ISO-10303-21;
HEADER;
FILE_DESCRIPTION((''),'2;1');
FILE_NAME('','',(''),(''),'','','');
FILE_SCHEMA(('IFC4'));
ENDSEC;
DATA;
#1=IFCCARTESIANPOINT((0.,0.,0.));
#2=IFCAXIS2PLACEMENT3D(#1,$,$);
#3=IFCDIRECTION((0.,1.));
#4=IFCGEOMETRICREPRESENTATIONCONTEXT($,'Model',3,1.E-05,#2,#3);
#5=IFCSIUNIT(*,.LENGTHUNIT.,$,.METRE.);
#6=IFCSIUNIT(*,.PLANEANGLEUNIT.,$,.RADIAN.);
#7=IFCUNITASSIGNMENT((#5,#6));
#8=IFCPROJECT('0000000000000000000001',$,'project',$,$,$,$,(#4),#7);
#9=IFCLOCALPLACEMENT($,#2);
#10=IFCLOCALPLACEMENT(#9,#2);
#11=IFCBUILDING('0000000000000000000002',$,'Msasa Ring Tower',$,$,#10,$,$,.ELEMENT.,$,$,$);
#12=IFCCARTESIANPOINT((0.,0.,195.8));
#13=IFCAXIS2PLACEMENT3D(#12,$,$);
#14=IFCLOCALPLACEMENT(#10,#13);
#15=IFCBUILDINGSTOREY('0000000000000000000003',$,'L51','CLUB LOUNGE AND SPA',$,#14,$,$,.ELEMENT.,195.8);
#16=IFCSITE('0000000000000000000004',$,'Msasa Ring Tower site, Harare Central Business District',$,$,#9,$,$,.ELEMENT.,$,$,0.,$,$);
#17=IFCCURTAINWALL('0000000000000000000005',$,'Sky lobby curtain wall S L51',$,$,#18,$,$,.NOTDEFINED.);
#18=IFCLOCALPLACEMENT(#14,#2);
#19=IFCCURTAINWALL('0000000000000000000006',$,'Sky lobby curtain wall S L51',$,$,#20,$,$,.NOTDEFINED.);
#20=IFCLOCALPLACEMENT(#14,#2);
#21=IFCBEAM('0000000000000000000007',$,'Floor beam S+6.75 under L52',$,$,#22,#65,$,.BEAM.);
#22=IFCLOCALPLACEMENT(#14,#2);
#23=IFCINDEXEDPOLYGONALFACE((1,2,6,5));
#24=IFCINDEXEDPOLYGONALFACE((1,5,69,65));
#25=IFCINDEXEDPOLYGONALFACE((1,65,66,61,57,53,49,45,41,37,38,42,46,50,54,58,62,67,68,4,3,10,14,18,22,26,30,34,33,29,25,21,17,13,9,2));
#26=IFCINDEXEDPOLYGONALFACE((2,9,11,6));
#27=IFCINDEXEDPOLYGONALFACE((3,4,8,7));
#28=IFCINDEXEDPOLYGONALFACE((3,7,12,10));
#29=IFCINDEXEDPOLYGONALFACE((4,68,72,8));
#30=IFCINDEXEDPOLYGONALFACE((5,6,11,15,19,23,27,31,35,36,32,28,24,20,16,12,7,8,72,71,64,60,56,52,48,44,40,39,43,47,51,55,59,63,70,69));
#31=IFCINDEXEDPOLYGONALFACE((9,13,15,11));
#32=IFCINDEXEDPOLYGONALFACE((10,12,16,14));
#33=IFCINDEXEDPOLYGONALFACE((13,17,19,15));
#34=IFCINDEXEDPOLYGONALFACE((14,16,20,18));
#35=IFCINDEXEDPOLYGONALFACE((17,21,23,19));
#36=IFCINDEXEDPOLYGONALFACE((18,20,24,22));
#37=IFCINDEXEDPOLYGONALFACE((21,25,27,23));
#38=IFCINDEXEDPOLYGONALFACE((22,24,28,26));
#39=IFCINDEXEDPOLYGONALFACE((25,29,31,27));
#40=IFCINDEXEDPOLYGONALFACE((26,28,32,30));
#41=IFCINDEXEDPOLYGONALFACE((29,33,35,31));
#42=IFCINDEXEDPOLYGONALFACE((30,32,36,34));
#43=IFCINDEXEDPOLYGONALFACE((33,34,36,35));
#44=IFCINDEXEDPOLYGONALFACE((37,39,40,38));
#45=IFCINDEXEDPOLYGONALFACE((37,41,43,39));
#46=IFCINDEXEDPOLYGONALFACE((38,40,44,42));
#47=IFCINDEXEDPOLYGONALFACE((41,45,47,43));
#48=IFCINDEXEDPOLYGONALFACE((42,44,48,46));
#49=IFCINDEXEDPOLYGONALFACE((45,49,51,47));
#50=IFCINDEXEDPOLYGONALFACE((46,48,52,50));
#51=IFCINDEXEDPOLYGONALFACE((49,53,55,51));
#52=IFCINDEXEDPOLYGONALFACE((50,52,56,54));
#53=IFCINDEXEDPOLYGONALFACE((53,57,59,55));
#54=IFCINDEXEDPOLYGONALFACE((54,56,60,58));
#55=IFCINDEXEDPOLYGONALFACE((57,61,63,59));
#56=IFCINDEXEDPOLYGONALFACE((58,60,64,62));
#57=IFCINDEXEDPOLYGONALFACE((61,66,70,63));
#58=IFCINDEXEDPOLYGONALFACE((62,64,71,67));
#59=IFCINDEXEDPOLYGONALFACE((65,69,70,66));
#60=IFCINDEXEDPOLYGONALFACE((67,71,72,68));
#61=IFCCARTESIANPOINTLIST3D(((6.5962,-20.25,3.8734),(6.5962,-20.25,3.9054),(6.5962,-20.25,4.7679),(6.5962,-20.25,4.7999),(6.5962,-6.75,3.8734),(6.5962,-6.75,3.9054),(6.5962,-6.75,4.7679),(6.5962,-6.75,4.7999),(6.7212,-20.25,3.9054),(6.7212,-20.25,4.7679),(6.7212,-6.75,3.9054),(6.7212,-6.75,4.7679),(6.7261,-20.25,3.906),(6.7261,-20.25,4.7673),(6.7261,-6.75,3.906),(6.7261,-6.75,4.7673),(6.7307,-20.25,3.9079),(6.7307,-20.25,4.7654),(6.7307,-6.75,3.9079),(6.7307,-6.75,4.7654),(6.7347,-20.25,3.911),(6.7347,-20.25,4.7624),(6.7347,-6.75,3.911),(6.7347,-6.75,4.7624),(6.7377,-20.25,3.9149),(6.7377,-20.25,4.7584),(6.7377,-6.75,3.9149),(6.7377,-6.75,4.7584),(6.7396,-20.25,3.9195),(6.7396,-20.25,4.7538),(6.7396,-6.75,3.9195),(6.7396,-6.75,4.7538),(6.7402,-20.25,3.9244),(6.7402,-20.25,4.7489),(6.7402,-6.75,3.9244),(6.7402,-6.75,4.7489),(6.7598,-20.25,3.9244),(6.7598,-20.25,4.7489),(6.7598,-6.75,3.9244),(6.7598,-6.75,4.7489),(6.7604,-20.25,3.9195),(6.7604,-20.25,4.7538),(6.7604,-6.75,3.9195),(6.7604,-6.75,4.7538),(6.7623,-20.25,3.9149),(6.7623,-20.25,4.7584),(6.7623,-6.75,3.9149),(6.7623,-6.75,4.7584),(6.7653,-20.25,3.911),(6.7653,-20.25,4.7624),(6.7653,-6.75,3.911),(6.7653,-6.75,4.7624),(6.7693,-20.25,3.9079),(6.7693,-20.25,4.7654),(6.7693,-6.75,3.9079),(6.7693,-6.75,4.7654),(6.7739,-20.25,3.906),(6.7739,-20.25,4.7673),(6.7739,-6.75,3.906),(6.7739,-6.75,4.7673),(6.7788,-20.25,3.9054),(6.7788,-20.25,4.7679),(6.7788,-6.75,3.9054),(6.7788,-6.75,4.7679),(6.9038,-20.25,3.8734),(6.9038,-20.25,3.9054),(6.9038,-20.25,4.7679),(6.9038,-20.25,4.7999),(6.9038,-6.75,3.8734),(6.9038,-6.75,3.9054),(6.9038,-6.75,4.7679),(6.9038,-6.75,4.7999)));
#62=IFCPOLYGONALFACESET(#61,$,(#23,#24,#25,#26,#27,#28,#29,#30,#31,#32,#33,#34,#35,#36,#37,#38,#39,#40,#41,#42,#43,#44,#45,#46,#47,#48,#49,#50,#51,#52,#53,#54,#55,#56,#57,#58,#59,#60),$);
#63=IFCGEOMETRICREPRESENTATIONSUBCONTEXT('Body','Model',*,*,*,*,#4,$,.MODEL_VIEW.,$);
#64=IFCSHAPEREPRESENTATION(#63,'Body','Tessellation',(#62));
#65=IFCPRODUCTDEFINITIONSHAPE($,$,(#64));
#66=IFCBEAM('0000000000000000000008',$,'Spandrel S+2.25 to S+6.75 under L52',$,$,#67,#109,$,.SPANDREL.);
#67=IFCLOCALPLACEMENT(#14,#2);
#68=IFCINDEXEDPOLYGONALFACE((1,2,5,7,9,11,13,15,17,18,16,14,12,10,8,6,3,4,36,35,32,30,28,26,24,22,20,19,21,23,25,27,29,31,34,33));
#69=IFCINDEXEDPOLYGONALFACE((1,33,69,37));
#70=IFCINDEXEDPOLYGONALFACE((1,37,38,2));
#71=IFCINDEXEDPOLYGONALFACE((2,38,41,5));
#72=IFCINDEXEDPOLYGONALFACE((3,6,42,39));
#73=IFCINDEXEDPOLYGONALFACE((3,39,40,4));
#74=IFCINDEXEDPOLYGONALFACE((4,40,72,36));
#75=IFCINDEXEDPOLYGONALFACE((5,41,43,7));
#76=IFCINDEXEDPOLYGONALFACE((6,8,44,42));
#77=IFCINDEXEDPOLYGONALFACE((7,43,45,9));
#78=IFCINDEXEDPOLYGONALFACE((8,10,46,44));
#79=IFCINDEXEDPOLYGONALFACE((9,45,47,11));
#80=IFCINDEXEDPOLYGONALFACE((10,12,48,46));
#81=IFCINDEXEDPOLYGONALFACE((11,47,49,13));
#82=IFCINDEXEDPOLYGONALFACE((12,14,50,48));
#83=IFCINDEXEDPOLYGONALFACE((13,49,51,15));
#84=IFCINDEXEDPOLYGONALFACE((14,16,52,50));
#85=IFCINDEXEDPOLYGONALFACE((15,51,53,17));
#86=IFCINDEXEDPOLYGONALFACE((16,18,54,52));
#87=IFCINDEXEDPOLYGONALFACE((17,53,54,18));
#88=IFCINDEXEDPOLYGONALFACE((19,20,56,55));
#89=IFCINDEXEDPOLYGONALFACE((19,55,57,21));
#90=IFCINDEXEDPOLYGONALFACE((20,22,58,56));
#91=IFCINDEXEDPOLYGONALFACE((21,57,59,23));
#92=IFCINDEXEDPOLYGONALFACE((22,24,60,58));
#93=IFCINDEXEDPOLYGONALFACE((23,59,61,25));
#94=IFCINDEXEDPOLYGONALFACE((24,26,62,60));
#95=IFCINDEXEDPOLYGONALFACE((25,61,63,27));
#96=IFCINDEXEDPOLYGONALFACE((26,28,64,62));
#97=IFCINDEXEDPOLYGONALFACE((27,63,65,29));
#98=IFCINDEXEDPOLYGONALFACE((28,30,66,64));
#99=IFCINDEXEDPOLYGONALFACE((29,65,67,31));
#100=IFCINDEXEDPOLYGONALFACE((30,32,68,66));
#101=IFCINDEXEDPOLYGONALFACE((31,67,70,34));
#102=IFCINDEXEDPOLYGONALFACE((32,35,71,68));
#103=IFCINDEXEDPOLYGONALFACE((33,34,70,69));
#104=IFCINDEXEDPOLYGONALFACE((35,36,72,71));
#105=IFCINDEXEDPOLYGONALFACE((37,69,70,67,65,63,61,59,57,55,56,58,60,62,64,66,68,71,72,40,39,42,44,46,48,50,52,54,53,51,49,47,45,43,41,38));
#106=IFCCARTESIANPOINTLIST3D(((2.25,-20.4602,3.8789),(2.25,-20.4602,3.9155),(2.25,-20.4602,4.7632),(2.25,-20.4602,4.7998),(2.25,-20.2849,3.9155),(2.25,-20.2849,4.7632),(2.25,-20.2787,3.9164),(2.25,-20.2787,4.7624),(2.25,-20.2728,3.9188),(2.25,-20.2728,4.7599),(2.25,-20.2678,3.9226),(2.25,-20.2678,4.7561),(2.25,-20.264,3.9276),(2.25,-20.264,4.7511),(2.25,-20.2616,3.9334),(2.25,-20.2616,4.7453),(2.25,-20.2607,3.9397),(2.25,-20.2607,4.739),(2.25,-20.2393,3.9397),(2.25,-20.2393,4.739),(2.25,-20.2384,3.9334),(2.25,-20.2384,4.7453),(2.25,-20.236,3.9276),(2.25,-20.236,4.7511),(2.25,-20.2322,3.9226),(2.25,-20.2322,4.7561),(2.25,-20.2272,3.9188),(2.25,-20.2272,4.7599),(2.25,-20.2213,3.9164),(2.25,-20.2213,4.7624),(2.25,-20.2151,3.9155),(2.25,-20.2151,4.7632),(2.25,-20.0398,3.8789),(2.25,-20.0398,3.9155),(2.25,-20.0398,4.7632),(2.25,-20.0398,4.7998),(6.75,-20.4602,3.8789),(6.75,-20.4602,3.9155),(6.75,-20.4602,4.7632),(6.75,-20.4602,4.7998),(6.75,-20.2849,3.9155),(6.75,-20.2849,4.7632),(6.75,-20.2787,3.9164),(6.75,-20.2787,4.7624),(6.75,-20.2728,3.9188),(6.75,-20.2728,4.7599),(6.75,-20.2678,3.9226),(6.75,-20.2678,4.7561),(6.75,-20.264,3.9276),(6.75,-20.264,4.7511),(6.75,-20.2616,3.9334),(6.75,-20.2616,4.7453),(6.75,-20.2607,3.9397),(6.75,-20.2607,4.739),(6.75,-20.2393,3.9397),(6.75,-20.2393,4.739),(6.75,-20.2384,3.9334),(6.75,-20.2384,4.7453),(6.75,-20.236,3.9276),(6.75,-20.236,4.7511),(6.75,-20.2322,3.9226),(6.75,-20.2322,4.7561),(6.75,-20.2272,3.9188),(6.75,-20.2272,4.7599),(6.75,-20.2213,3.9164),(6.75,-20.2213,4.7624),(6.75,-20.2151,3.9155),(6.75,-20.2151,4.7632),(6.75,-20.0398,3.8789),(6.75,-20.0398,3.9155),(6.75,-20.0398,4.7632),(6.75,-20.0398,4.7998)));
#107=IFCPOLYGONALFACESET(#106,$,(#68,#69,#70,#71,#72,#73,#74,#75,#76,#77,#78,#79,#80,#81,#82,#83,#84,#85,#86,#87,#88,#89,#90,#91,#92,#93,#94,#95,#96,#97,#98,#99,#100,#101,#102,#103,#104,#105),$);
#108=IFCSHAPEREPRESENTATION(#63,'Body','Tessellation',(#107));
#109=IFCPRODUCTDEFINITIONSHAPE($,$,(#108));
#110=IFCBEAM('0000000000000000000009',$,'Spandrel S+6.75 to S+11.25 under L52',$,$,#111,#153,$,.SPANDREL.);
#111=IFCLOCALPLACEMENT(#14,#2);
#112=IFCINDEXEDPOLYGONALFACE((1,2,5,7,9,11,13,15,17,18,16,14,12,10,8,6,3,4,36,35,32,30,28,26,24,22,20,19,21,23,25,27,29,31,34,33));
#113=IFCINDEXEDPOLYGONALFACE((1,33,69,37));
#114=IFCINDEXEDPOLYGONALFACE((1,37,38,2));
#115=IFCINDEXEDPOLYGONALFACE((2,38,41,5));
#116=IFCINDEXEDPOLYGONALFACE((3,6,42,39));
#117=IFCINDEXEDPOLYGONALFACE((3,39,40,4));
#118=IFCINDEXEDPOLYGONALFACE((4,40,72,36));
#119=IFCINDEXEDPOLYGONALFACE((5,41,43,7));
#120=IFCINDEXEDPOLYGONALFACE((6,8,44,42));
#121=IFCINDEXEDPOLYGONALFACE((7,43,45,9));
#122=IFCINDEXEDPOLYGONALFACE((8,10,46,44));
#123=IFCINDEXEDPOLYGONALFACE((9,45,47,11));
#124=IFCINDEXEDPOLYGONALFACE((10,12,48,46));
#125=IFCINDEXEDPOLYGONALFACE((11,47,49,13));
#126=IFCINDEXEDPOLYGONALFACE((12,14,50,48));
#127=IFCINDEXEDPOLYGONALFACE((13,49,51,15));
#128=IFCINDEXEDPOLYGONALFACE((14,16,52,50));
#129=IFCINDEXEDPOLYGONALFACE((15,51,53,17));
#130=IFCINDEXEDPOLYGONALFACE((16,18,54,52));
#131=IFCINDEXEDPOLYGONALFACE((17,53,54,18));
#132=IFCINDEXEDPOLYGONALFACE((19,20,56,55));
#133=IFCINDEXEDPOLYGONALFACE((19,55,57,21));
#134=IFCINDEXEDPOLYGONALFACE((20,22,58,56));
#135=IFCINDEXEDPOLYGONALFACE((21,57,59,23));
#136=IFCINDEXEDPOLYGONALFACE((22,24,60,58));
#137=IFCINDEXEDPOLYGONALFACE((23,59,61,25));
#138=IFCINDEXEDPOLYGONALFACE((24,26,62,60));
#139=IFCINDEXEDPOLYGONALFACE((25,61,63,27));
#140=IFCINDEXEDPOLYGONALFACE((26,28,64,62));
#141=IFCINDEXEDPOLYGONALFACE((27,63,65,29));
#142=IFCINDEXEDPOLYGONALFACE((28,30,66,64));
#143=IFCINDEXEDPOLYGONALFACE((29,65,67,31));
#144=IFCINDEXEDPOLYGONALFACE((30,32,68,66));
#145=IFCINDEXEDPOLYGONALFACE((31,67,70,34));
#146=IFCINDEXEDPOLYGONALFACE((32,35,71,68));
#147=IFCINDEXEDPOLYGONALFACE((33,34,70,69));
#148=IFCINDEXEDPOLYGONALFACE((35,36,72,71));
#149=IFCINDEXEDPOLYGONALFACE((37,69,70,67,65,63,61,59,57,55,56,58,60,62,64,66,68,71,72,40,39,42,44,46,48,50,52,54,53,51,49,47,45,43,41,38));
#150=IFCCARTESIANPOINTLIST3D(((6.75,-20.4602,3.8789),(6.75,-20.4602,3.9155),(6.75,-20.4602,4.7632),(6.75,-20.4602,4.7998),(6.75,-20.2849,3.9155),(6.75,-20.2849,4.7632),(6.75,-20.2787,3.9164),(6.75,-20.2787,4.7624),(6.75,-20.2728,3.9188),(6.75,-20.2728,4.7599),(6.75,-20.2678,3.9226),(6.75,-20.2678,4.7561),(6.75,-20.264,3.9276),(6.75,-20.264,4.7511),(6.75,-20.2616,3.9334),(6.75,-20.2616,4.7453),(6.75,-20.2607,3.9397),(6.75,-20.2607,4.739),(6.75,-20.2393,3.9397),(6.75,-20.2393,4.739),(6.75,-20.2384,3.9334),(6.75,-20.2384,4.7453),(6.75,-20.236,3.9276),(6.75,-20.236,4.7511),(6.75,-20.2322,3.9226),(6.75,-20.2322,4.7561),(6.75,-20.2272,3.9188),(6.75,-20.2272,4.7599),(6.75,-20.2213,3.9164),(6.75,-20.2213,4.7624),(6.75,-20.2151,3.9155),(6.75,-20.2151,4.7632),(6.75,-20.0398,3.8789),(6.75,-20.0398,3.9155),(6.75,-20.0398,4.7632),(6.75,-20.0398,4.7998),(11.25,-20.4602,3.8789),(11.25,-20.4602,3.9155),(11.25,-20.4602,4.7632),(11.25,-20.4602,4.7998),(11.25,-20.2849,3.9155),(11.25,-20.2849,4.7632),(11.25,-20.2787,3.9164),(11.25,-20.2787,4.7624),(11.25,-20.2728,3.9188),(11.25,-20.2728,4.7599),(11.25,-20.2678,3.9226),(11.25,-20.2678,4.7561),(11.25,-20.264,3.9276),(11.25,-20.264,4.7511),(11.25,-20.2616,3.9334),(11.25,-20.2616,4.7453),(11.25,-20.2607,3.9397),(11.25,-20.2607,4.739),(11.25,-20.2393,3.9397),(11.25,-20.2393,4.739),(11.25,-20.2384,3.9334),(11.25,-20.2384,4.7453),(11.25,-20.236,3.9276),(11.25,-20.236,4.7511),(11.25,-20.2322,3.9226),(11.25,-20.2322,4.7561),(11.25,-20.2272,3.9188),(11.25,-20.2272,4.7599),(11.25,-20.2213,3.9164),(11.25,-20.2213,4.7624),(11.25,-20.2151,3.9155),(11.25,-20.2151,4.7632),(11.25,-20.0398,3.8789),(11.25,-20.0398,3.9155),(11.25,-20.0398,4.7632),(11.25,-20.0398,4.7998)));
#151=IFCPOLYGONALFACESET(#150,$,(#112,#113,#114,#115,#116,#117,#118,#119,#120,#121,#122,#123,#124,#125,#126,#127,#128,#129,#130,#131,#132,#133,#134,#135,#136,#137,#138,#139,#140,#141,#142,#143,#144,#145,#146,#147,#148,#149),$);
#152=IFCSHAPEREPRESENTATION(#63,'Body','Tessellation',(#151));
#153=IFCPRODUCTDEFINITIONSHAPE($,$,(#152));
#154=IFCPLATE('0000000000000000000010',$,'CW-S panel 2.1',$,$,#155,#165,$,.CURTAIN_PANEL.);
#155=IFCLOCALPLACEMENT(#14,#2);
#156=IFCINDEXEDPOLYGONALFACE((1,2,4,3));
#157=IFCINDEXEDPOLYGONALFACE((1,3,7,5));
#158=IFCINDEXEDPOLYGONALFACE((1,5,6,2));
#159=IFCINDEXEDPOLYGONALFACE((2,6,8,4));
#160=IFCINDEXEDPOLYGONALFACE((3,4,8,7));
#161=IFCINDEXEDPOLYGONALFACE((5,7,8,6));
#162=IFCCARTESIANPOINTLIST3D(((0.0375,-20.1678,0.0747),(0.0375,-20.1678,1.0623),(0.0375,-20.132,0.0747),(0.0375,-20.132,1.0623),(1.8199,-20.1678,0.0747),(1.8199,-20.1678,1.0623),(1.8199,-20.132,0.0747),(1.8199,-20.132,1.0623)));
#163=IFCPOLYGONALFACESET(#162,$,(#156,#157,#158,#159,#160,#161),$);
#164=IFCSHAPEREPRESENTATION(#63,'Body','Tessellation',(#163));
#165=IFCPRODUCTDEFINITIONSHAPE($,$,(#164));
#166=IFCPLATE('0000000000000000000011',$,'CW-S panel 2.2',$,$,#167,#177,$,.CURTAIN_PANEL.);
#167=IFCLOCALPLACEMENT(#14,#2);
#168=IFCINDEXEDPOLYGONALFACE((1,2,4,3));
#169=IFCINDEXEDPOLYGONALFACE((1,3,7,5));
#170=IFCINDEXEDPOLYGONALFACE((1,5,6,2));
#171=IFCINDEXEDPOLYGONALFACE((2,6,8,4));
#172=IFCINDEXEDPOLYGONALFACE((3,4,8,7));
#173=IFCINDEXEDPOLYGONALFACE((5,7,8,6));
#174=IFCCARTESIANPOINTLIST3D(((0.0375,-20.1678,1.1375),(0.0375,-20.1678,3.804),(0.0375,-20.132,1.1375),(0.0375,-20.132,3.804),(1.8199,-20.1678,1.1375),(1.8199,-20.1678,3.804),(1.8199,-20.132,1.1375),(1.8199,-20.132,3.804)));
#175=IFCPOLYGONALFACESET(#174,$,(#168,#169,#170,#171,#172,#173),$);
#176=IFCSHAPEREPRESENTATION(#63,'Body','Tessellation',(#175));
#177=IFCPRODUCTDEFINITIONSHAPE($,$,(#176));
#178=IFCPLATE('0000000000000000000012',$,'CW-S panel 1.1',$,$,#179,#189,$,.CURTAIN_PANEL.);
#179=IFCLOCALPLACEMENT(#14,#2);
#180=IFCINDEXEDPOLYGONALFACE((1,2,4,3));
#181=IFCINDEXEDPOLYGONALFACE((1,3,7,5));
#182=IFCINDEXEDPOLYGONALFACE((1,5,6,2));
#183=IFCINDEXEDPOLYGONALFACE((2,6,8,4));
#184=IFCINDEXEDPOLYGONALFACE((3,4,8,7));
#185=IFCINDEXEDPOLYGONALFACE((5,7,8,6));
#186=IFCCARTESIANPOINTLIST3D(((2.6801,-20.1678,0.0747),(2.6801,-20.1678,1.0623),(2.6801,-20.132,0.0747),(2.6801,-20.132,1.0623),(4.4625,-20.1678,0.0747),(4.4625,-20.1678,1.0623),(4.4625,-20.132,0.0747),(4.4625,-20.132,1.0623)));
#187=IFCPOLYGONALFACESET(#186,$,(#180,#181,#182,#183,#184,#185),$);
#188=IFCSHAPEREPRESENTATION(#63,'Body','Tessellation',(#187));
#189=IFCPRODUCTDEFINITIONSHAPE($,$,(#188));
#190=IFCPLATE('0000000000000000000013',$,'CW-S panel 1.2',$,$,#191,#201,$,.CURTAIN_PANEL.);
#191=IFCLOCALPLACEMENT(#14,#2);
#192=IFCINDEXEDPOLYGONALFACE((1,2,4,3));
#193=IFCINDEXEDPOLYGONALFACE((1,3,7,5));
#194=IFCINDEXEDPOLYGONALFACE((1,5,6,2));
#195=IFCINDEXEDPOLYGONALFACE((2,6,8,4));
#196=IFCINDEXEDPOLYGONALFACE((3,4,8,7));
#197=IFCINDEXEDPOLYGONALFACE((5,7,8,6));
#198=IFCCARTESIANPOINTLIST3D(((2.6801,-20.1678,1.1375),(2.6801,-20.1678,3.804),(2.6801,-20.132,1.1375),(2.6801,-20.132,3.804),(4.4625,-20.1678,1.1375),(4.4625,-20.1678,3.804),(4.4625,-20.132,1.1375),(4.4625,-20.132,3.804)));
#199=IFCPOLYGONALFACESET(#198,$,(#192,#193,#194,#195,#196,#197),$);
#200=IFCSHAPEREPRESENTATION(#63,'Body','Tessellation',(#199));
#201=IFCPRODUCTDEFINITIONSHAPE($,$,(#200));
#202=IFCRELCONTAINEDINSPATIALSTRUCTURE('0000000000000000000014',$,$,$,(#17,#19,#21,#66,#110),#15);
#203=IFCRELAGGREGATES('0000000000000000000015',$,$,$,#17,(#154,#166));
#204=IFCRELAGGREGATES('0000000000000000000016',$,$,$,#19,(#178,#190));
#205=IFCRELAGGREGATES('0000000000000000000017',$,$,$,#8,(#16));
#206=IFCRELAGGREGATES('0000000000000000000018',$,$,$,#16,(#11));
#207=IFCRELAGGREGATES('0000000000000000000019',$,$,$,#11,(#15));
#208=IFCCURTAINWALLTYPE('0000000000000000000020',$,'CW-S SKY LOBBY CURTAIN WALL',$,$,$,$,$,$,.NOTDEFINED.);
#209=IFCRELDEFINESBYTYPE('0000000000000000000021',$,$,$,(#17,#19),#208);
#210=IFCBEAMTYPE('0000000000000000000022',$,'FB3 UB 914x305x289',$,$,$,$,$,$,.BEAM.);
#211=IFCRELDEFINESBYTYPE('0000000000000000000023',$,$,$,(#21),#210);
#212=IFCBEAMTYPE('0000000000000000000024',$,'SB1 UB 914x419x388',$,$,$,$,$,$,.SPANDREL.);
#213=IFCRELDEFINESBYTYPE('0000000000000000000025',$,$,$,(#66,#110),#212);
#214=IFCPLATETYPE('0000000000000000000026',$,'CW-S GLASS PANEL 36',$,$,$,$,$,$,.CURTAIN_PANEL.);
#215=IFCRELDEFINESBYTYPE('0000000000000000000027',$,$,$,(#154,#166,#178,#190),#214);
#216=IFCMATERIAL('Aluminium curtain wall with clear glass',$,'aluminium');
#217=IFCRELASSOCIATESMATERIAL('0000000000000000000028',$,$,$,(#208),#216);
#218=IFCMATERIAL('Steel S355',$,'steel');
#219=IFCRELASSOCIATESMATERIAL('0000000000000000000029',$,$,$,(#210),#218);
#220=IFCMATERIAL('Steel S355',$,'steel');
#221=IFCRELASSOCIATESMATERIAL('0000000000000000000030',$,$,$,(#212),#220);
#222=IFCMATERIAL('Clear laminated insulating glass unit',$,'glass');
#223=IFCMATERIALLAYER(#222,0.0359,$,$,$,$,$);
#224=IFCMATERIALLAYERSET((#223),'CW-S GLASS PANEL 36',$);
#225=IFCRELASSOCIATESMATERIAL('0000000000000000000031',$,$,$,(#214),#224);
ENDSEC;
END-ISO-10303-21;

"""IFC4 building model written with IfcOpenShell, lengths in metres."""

from ifc_helpers import new_model, si_unit, direction, frame, origin, origin_2d, place, context, subcontext, project, spatial, rectangle, i_section, extrude, material, layer, layer_set, material_profile, profile_set, type_object, element, aggregate, save


model = new_model("IFC4")

# Units and contexts
model_context = context("Model", 3, precision=1e-05, world=origin(), true_north=direction((0.0, 1.0)))
body_context = subcontext(model_context, "Body", "Model", "MODEL_VIEW")
ifc_project = project(units=[si_unit("LENGTHUNIT", "METRE"), si_unit("PLANEANGLEUNIT", "RADIAN")], contexts=[model_context])

# Site, building, storey
site_placement = place(None, origin())
site = spatial("IfcSite", under=ifc_project, at=site_placement, Name="Msasa Ring Tower site, Harare Central Business District", CompositionType="ELEMENT", RefElevation=0.0)
building_placement = place(site_placement, origin())
building = spatial("IfcBuilding", under=site, at=building_placement, Name="Msasa Ring Tower", CompositionType="ELEMENT")
storey_placement = place(building_placement, frame((0.0, 0.0, 195.8)))
storey = spatial("IfcBuildingStorey", under=building, at=storey_placement, Name="L51", Description="CLUB LOUNGE AND SPA", CompositionType="ELEMENT", Elevation=195.8)

# Curtain wall
ifc_material_1 = material(Name="Aluminium curtain wall with clear glass", Category="aluminium")
curtain_wall_type = type_object("IfcCurtainWallType", Name="CW-S SKY LOBBY CURTAIN WALL", PredefinedType="NOTDEFINED", material=ifc_material_1)
curtain_wall_1_placement = place(storey_placement, origin())
curtain_wall_1 = element("IfcCurtainWall", 1, at=curtain_wall_1_placement, inside=storey, type_object=curtain_wall_type, Name="Sky lobby curtain wall S L51", PredefinedType="NOTDEFINED")

# Curtain wall
curtain_wall_2_placement = place(storey_placement, origin())
curtain_wall_2 = element("IfcCurtainWall", 2, at=curtain_wall_2_placement, inside=storey, type_object=curtain_wall_type, Name="Sky lobby curtain wall S L51", PredefinedType="NOTDEFINED")

# Beams
ifc_material_2 = material(Name="Steel S355", Category="steel")
ifc_material_profile_1 = material_profile(ifc_material_2, i_section(OverallWidth=0.3076, OverallDepth=0.9265, WebThickness=0.0195, FlangeThickness=0.032, FilletRadius=0.019, at=origin_2d()), Name="UB 914x305x289")
ifc_profile_set_1 = profile_set([ifc_material_profile_1], Name="Steel S355")
beam_type_1 = type_object("IfcBeamType", Name="FB3 UB 914x305x289", PredefinedType="BEAM", material=ifc_profile_set_1)
for number, where, z_axis, x_axis, name in (
    (3, (6.75, -20.25, 4.3367), (0.0, 1.0, 0.0), (-1.0, 0.0, 0.0), "Floor beam S+6.75 under L52"),
):
    element("IfcBeam", number, at=place(storey_placement, frame(where, z_axis=z_axis, x_axis=x_axis)), inside=storey, type_object=beam_type_1, Name=name, PredefinedType="BEAM", context=body_context, shape_type="SweptSolid", body=[
        extrude(i_section(OverallWidth=0.3076, OverallDepth=0.9265, WebThickness=0.0195, FlangeThickness=0.032, FilletRadius=0.019, at=origin_2d()), origin(), (0.0, 0.0, 1.0), 13.5),
    ])
ifc_material_3 = material(Name="Steel S355", Category="steel")
ifc_material_profile_2 = material_profile(ifc_material_3, i_section(OverallWidth=0.4204, OverallDepth=0.9209, WebThickness=0.0215, FlangeThickness=0.0366, FilletRadius=0.0242, at=origin_2d()), Name="UB 914x419x388")
ifc_profile_set_2 = profile_set([ifc_material_profile_2], Name="Steel S355")
beam_type_2 = type_object("IfcBeamType", Name="SB1 UB 914x419x388", PredefinedType="SPANDREL", material=ifc_profile_set_2)
for number, where, z_axis, x_axis, name in (
    (4, (2.25, -20.25, 4.3394), (1.0, 0.0, 0.0), (0.0, 1.0, 0.0), "Spandrel S+2.25 to S+6.75 under L52"),
    (5, (6.75, -20.25, 4.3394), (1.0, 0.0, 0.0), (0.0, 1.0, 0.0), "Spandrel S+6.75 to S+11.25 under L52"),
):
    element("IfcBeam", number, at=place(storey_placement, frame(where, z_axis=z_axis, x_axis=x_axis)), inside=storey, type_object=beam_type_2, Name=name, PredefinedType="SPANDREL", context=body_context, shape_type="SweptSolid", body=[
        extrude(i_section(OverallWidth=0.4204, OverallDepth=0.9209, WebThickness=0.0215, FlangeThickness=0.0366, FilletRadius=0.0242, at=origin_2d()), origin(), (0.0, 0.0, 1.0), 4.5),
    ])

# Plates
ifc_material_4 = material(Name="Clear laminated insulating glass unit", Category="glass")
ifc_layer = layer(ifc_material_4, 0.0359)
ifc_layer_set = layer_set([ifc_layer], Name="CW-S GLASS PANEL 36")
plate_type = type_object("IfcPlateType", Name="CW-S GLASS PANEL 36", PredefinedType="CURTAIN_PANEL", material=ifc_layer_set)
plate_1_placement = place(storey_placement, frame((0.9287, -20.1499, 0.0747), z_axis=(0.0, 0.0, 1.0), x_axis=(1.0, 0.0, 0.0)))
plate_1 = element("IfcPlate", 6, at=plate_1_placement, type_object=plate_type, Name="CW-S panel 2.1", PredefinedType="CURTAIN_PANEL", context=body_context, shape_type="SweptSolid", body=[
    extrude(rectangle(XDim=1.7825, YDim=0.0359, at=origin_2d()), origin(), (0.0, 0.0, 1.0), 0.9875),
])
plate_2_placement = place(storey_placement, frame((0.9287, -20.1499, 1.1375), z_axis=(0.0, 0.0, 1.0), x_axis=(1.0, 0.0, 0.0)))
plate_2 = element("IfcPlate", 7, at=plate_2_placement, type_object=plate_type, Name="CW-S panel 2.2", PredefinedType="CURTAIN_PANEL", context=body_context, shape_type="SweptSolid", body=[
    extrude(rectangle(XDim=1.7825, YDim=0.0359, at=origin_2d()), origin(), (0.0, 0.0, 1.0), 2.6665),
])
aggregate(curtain_wall_1, [plate_1, plate_2])
plate_3_placement = place(storey_placement, frame((3.5713, -20.1499, 0.0747), z_axis=(0.0, 0.0, 1.0), x_axis=(1.0, 0.0, 0.0)))
plate_3 = element("IfcPlate", 8, at=plate_3_placement, type_object=plate_type, Name="CW-S panel 1.1", PredefinedType="CURTAIN_PANEL", context=body_context, shape_type="SweptSolid", body=[
    extrude(rectangle(XDim=1.7825, YDim=0.0359, at=origin_2d()), origin(), (0.0, 0.0, 1.0), 0.9875),
])
plate_4_placement = place(storey_placement, frame((3.5713, -20.1499, 1.1375), z_axis=(0.0, 0.0, 1.0), x_axis=(1.0, 0.0, 0.0)))
plate_4 = element("IfcPlate", 9, at=plate_4_placement, type_object=plate_type, Name="CW-S panel 1.2", PredefinedType="CURTAIN_PANEL", context=body_context, shape_type="SweptSolid", body=[
    extrude(rectangle(XDim=1.7825, YDim=0.0359, at=origin_2d()), origin(), (0.0, 0.0, 1.0), 2.6665),
])
aggregate(curtain_wall_2, [plate_3, plate_4])

save(model, "model.ifc")
